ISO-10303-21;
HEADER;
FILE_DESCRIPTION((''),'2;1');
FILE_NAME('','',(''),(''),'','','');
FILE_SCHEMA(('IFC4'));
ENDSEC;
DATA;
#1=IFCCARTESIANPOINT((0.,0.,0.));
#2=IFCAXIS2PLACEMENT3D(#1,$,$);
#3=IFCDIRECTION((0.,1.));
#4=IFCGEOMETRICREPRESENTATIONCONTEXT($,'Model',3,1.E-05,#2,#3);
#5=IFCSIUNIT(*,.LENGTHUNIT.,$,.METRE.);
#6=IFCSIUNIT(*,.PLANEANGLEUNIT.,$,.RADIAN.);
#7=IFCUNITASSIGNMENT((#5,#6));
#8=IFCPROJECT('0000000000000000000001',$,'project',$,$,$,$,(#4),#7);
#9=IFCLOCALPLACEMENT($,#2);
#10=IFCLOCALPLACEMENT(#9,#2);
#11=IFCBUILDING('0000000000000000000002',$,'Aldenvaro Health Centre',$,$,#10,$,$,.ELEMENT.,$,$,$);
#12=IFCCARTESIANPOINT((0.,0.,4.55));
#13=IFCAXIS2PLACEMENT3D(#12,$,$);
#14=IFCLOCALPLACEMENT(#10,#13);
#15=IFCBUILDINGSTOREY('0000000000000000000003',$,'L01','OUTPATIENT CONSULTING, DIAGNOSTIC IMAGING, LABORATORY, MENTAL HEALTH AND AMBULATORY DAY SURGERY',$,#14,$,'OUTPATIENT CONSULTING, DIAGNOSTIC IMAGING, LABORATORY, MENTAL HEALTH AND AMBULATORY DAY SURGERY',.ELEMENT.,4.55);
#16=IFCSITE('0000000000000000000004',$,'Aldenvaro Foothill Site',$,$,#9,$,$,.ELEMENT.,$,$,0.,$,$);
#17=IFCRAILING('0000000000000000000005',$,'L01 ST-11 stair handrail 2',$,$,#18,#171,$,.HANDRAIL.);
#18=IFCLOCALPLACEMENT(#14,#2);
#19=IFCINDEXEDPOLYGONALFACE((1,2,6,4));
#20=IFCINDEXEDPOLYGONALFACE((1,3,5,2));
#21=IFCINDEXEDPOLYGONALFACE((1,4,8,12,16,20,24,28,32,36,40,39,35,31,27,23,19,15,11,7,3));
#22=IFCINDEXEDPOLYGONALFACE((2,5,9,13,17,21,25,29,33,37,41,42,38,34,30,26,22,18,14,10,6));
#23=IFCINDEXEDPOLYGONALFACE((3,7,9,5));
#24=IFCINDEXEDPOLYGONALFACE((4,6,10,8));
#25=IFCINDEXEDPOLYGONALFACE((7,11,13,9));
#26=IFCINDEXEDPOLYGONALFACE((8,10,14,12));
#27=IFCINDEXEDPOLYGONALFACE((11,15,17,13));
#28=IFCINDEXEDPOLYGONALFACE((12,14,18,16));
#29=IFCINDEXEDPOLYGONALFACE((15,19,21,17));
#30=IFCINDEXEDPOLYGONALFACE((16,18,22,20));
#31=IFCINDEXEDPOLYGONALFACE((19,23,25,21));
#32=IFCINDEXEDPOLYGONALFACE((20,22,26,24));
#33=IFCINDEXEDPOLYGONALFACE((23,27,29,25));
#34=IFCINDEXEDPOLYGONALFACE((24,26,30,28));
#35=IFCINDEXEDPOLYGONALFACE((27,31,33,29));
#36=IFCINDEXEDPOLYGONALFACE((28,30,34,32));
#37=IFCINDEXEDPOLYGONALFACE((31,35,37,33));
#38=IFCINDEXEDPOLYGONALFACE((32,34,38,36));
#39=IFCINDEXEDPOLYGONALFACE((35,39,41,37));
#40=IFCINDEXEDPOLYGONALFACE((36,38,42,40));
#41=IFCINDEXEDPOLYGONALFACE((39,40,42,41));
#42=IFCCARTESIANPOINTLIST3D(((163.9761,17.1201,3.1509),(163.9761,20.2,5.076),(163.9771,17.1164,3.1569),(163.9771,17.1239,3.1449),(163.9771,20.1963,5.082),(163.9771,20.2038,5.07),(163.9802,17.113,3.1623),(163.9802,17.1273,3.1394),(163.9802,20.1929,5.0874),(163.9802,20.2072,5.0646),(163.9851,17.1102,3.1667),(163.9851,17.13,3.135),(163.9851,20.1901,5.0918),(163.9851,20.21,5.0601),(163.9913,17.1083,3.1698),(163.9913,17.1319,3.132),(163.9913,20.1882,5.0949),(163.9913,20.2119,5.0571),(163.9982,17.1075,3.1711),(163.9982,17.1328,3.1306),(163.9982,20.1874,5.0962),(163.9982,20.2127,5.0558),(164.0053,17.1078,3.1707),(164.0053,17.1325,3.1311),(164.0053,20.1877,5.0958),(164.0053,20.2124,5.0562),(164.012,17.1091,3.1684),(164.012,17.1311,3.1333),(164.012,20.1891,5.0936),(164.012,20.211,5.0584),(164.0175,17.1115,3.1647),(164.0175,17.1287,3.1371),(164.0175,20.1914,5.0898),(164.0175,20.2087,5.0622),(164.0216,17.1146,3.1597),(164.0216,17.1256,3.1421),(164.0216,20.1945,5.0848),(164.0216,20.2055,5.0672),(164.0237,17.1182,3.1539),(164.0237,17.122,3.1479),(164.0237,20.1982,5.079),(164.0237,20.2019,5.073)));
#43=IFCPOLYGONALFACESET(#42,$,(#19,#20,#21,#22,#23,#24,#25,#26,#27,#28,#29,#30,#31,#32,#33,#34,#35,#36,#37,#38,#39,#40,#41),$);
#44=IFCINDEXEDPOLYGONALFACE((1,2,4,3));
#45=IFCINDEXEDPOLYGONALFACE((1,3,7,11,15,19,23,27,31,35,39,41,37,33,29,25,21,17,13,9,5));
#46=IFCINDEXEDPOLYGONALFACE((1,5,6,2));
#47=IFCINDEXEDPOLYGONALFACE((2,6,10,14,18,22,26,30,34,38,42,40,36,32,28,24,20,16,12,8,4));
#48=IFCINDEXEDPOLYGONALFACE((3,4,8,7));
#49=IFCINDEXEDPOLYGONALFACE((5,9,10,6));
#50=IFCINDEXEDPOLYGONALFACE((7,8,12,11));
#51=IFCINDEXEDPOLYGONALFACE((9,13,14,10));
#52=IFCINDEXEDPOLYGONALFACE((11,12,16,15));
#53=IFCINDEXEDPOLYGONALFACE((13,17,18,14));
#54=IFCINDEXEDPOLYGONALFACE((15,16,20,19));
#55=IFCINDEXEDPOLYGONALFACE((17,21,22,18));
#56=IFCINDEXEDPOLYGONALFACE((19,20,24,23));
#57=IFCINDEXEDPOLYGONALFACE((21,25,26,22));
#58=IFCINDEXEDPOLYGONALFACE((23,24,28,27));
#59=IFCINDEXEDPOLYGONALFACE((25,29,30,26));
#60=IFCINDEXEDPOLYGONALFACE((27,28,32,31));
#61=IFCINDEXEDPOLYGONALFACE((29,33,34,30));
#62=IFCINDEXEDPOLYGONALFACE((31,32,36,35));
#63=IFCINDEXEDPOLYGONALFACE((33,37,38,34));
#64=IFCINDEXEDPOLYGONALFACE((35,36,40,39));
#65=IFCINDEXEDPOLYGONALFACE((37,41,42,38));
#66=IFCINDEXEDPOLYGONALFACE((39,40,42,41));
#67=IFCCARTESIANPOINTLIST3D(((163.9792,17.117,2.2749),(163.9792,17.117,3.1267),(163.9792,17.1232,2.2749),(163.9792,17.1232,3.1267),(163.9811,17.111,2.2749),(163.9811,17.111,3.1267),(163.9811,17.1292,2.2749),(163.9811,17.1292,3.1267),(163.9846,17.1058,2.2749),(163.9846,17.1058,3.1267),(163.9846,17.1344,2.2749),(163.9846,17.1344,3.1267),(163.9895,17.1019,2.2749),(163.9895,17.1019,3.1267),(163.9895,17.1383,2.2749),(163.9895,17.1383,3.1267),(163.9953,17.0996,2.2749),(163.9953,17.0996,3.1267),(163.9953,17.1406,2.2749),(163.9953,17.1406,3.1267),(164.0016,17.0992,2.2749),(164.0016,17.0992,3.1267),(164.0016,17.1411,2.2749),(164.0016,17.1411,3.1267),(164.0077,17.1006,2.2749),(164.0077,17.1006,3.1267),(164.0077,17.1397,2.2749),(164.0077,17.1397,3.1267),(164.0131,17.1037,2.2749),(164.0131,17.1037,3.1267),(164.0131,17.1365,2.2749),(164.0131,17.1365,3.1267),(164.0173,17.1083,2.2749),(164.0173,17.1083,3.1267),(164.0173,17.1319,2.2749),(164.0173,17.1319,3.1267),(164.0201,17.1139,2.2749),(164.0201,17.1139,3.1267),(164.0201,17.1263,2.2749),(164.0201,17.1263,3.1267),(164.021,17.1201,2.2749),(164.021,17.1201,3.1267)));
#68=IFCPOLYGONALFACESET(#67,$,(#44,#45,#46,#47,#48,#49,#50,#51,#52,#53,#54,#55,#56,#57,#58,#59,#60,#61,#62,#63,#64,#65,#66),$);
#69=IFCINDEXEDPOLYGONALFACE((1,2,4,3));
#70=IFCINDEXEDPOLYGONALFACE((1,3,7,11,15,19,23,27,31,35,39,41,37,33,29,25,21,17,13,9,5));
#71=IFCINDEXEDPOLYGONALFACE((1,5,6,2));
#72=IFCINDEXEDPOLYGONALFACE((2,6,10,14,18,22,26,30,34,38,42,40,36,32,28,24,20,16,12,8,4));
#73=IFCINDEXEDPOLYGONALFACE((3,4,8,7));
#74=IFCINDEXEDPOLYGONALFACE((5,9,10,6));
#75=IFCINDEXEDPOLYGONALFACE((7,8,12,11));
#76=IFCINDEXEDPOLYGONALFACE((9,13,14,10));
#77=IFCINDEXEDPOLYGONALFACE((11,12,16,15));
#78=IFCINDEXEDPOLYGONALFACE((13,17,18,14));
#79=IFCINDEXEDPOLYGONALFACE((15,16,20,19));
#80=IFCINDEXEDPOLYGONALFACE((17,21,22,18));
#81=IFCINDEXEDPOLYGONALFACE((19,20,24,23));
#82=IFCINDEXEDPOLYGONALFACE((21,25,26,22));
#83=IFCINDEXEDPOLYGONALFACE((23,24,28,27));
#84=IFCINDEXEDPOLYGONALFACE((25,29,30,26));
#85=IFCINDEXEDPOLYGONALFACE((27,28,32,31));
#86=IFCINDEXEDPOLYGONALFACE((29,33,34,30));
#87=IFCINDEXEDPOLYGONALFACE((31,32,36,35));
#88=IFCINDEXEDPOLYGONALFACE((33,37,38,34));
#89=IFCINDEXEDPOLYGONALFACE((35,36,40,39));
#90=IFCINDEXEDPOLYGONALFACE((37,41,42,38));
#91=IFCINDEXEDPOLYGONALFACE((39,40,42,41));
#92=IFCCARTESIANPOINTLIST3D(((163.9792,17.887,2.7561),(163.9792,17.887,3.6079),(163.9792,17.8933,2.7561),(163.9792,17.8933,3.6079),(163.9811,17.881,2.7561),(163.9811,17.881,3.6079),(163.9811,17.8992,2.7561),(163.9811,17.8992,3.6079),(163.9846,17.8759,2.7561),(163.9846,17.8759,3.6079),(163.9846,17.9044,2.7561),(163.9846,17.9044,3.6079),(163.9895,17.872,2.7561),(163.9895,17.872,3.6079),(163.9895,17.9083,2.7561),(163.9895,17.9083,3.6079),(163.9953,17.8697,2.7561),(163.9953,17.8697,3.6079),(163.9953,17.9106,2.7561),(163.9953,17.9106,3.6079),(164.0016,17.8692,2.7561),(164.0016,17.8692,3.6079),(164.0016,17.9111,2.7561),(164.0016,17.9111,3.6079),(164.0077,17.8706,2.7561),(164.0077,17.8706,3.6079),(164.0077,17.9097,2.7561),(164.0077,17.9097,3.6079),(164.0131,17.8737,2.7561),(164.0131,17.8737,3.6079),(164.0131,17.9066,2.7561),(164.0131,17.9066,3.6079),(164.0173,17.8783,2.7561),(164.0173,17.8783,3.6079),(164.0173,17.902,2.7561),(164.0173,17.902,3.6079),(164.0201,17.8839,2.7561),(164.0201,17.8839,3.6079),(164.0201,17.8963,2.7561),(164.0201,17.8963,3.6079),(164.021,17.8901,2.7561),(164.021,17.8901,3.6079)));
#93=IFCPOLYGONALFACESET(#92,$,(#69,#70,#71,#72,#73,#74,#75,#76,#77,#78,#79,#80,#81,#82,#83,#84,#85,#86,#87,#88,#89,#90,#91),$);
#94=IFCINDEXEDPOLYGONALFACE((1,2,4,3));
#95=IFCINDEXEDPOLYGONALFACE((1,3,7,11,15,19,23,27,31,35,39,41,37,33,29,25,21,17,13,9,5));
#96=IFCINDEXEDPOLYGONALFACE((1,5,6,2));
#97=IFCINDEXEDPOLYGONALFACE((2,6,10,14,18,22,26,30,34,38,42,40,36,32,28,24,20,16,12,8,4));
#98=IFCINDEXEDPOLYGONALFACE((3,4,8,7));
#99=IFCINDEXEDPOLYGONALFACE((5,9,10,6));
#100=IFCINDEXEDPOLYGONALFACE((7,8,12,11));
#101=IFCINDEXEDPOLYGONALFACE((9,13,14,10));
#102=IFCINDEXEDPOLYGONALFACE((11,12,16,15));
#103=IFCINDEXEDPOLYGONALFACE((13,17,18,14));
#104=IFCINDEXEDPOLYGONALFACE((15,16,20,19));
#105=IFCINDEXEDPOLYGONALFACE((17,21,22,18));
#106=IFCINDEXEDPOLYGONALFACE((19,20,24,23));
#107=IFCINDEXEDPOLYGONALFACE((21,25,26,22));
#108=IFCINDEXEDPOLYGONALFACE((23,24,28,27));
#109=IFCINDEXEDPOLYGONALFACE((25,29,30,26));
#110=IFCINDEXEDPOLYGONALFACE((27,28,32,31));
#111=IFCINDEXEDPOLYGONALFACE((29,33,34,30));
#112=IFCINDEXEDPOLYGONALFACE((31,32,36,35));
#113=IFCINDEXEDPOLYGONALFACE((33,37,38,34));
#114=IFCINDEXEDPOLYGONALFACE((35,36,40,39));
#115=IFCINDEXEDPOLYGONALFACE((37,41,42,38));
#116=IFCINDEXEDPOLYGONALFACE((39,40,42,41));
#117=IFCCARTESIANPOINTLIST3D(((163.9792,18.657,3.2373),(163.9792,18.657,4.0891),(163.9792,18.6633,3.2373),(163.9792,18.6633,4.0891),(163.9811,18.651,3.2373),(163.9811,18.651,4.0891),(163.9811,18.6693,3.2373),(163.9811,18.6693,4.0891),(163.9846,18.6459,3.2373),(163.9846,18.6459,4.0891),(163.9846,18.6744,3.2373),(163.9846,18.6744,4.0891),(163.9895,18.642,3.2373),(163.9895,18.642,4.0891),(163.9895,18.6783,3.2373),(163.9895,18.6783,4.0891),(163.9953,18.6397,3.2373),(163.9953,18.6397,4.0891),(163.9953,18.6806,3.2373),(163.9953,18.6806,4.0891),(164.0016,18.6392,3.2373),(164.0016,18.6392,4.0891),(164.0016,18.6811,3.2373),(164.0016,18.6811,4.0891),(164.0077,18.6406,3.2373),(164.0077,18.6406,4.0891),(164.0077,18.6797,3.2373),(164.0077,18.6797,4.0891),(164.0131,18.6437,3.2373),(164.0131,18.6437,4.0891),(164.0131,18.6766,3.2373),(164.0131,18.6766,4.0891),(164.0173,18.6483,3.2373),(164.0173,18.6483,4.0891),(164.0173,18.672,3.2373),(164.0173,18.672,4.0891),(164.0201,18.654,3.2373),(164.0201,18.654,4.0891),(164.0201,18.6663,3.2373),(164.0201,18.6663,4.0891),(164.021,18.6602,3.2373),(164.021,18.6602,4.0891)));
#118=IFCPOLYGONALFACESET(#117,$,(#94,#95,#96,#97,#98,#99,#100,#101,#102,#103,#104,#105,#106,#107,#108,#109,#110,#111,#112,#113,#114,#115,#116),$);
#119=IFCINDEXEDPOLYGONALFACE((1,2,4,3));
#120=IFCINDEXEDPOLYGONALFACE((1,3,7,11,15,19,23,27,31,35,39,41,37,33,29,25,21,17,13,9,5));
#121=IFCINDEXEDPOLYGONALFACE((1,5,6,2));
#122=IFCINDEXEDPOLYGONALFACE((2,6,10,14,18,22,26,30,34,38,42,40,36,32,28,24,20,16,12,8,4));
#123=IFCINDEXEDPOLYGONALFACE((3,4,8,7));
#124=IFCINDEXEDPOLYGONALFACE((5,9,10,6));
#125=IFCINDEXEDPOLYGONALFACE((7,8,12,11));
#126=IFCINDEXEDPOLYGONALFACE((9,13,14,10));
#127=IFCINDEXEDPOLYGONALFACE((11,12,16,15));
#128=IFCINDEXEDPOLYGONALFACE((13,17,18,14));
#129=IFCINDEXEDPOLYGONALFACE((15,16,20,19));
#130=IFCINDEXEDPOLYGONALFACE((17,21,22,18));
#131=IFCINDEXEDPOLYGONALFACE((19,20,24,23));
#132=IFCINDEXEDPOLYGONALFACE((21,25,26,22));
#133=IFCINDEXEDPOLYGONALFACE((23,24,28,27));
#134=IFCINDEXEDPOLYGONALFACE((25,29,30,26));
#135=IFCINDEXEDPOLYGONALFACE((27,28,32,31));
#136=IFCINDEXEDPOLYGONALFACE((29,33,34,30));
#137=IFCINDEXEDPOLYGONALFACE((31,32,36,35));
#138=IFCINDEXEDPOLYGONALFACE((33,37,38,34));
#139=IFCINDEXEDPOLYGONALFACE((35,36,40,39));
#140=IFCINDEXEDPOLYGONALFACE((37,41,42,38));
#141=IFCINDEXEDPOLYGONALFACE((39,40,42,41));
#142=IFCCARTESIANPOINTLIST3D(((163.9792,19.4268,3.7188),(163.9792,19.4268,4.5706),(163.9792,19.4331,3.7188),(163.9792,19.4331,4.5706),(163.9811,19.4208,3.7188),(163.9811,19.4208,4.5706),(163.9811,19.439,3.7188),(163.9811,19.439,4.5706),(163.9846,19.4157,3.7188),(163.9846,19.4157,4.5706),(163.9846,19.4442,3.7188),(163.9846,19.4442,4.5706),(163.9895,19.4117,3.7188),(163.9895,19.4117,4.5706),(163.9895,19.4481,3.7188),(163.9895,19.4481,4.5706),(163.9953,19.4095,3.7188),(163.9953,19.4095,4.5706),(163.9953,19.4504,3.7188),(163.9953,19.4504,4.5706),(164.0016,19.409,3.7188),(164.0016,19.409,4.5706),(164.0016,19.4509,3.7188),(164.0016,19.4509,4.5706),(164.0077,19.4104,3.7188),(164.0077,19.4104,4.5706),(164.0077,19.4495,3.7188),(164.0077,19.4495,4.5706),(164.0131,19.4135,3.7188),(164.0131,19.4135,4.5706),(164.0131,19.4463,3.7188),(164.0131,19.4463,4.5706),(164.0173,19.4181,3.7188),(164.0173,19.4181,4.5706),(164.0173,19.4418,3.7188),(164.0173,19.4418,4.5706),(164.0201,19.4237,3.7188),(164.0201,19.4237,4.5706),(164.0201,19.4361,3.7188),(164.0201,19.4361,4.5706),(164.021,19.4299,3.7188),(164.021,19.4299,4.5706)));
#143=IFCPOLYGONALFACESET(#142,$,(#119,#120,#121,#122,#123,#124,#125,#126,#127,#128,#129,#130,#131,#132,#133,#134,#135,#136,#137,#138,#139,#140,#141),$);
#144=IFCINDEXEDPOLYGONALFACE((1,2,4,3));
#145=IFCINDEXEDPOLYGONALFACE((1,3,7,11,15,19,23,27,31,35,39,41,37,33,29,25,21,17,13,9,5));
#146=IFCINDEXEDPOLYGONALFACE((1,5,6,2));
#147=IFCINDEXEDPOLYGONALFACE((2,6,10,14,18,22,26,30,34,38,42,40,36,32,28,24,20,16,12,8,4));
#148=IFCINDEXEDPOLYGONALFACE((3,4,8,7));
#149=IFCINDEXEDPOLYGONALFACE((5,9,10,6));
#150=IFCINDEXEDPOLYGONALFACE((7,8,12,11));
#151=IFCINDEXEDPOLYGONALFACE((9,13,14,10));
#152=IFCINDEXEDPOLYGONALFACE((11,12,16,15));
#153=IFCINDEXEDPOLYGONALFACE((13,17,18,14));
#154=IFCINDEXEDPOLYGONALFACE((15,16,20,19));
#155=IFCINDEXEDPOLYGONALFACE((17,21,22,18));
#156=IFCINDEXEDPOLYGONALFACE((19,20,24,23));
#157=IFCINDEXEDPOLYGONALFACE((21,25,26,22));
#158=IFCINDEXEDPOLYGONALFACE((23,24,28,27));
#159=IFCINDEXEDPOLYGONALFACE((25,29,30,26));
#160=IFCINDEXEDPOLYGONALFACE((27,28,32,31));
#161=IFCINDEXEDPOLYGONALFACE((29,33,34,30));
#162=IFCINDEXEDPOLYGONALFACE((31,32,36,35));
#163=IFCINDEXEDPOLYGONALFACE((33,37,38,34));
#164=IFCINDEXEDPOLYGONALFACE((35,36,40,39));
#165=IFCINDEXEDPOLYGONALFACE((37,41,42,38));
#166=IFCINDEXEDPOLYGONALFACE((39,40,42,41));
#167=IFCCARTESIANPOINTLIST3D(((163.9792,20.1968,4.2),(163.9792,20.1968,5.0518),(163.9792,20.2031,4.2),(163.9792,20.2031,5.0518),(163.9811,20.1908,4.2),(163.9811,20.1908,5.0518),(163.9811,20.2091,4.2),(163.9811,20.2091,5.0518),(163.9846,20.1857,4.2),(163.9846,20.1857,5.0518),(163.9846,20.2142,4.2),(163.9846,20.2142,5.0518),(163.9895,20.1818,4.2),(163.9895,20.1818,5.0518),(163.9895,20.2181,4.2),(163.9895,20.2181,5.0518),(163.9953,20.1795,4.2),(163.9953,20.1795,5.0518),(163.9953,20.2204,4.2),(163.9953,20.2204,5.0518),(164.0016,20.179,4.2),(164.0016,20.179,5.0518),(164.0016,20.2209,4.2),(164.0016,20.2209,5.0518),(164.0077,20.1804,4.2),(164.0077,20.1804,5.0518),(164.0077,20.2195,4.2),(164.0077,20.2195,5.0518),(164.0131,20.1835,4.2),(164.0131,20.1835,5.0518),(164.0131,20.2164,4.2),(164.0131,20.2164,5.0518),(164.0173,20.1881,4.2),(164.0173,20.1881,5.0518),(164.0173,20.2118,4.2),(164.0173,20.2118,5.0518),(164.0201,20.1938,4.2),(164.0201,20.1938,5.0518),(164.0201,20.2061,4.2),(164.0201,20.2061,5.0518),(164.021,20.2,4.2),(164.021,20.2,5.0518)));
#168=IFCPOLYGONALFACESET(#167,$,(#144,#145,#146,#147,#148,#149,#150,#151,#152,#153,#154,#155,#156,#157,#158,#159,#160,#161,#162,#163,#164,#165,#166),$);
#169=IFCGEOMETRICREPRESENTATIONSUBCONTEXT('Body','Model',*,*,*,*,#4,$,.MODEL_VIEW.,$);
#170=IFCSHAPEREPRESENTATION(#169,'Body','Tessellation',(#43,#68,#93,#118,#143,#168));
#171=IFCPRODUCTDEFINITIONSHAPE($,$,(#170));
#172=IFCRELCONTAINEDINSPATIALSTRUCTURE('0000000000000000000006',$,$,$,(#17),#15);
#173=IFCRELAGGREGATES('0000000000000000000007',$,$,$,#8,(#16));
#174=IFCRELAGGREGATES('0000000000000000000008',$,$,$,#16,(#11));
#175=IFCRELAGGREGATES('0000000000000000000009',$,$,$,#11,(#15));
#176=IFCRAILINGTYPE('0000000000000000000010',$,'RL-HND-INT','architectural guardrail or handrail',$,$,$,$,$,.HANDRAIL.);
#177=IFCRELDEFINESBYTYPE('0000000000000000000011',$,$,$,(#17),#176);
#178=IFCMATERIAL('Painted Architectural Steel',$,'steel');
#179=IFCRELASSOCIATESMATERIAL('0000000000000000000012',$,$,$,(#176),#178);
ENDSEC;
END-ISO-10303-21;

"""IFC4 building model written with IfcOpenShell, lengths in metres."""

from ifc_helpers import new_model, si_unit, direction, frame, origin, origin_2d, place, context, subcontext, project, spatial, circle, extrude, material, type_object, element, save


model = new_model("IFC4")

# Units and contexts
model_context = context("Model", 3, precision=1e-05, world=origin(), true_north=direction((0.0, 1.0)))
body_context = subcontext(model_context, "Body", "Model", "MODEL_VIEW")
ifc_project = project(units=[si_unit("LENGTHUNIT", "METRE"), si_unit("PLANEANGLEUNIT", "RADIAN")], contexts=[model_context])

# Site, building, storey
site_placement = place(None, origin())
site = spatial("IfcSite", under=ifc_project, at=site_placement, Name="Aldenvaro Foothill Site", CompositionType="ELEMENT", RefElevation=0.0)
building_placement = place(site_placement, origin())
building = spatial("IfcBuilding", under=site, at=building_placement, Name="Aldenvaro Health Centre", CompositionType="ELEMENT")
storey_placement = place(building_placement, frame((0.0, 0.0, 4.55)))
storey = spatial("IfcBuildingStorey", under=building, at=storey_placement, Name="L01", Description="OUTPATIENT CONSULTING, DIAGNOSTIC IMAGING, LABORATORY, MENTAL HEALTH AND AMBULATORY DAY SURGERY", LongName="OUTPATIENT CONSULTING, DIAGNOSTIC IMAGING, LABORATORY, MENTAL HEALTH AND AMBULATORY DAY SURGERY", CompositionType="ELEMENT", Elevation=4.55)

# Railing
ifc_material_1 = material(Name="Painted Architectural Steel", Category="steel")
railing_type_1 = type_object("IfcRailingType", Name="RL-HND-INT", Description="architectural guardrail or handrail", PredefinedType="HANDRAIL", material=ifc_material_1)
railing_1_placement = place(storey_placement, frame((164.0, 17.1201, 2.2749)))
element("IfcRailing", 1, at=railing_1_placement, inside=storey, type_object=railing_type_1, Name="L01 ST-11 stair handrail 2", PredefinedType="HANDRAIL", context=body_context, shape_type="SweptSolid", body=[
    extrude(circle(Radius=0.0239, at=origin_2d()), frame((0.0, 0.0, 0.876), z_axis=(0.0, 0.847979, 0.530029), x_axis=(-1.0, 0.0, 0.0)), (0.0, 0.0, 1.0), 3.6321),
    extrude(circle(Radius=0.021, at=origin_2d()), origin(), (0.0, 0.0, 1.0), 0.8518),
    extrude(circle(Radius=0.021, at=origin_2d()), frame((0.0, 0.77, 0.4812)), (0.0, 0.0, 1.0), 0.8518),
    extrude(circle(Radius=0.021, at=origin_2d()), frame((0.0, 1.54, 0.9624)), (0.0, 0.0, 1.0), 0.8518),
    extrude(circle(Radius=0.021, at=origin_2d()), frame((0.0, 2.3098, 1.4438)), (0.0, 0.0, 1.0), 0.8518),
    extrude(circle(Radius=0.021, at=origin_2d()), frame((0.0, 3.0798, 1.925)), (0.0, 0.0, 1.0), 0.8518),
])

save(model, "model.ifc")
